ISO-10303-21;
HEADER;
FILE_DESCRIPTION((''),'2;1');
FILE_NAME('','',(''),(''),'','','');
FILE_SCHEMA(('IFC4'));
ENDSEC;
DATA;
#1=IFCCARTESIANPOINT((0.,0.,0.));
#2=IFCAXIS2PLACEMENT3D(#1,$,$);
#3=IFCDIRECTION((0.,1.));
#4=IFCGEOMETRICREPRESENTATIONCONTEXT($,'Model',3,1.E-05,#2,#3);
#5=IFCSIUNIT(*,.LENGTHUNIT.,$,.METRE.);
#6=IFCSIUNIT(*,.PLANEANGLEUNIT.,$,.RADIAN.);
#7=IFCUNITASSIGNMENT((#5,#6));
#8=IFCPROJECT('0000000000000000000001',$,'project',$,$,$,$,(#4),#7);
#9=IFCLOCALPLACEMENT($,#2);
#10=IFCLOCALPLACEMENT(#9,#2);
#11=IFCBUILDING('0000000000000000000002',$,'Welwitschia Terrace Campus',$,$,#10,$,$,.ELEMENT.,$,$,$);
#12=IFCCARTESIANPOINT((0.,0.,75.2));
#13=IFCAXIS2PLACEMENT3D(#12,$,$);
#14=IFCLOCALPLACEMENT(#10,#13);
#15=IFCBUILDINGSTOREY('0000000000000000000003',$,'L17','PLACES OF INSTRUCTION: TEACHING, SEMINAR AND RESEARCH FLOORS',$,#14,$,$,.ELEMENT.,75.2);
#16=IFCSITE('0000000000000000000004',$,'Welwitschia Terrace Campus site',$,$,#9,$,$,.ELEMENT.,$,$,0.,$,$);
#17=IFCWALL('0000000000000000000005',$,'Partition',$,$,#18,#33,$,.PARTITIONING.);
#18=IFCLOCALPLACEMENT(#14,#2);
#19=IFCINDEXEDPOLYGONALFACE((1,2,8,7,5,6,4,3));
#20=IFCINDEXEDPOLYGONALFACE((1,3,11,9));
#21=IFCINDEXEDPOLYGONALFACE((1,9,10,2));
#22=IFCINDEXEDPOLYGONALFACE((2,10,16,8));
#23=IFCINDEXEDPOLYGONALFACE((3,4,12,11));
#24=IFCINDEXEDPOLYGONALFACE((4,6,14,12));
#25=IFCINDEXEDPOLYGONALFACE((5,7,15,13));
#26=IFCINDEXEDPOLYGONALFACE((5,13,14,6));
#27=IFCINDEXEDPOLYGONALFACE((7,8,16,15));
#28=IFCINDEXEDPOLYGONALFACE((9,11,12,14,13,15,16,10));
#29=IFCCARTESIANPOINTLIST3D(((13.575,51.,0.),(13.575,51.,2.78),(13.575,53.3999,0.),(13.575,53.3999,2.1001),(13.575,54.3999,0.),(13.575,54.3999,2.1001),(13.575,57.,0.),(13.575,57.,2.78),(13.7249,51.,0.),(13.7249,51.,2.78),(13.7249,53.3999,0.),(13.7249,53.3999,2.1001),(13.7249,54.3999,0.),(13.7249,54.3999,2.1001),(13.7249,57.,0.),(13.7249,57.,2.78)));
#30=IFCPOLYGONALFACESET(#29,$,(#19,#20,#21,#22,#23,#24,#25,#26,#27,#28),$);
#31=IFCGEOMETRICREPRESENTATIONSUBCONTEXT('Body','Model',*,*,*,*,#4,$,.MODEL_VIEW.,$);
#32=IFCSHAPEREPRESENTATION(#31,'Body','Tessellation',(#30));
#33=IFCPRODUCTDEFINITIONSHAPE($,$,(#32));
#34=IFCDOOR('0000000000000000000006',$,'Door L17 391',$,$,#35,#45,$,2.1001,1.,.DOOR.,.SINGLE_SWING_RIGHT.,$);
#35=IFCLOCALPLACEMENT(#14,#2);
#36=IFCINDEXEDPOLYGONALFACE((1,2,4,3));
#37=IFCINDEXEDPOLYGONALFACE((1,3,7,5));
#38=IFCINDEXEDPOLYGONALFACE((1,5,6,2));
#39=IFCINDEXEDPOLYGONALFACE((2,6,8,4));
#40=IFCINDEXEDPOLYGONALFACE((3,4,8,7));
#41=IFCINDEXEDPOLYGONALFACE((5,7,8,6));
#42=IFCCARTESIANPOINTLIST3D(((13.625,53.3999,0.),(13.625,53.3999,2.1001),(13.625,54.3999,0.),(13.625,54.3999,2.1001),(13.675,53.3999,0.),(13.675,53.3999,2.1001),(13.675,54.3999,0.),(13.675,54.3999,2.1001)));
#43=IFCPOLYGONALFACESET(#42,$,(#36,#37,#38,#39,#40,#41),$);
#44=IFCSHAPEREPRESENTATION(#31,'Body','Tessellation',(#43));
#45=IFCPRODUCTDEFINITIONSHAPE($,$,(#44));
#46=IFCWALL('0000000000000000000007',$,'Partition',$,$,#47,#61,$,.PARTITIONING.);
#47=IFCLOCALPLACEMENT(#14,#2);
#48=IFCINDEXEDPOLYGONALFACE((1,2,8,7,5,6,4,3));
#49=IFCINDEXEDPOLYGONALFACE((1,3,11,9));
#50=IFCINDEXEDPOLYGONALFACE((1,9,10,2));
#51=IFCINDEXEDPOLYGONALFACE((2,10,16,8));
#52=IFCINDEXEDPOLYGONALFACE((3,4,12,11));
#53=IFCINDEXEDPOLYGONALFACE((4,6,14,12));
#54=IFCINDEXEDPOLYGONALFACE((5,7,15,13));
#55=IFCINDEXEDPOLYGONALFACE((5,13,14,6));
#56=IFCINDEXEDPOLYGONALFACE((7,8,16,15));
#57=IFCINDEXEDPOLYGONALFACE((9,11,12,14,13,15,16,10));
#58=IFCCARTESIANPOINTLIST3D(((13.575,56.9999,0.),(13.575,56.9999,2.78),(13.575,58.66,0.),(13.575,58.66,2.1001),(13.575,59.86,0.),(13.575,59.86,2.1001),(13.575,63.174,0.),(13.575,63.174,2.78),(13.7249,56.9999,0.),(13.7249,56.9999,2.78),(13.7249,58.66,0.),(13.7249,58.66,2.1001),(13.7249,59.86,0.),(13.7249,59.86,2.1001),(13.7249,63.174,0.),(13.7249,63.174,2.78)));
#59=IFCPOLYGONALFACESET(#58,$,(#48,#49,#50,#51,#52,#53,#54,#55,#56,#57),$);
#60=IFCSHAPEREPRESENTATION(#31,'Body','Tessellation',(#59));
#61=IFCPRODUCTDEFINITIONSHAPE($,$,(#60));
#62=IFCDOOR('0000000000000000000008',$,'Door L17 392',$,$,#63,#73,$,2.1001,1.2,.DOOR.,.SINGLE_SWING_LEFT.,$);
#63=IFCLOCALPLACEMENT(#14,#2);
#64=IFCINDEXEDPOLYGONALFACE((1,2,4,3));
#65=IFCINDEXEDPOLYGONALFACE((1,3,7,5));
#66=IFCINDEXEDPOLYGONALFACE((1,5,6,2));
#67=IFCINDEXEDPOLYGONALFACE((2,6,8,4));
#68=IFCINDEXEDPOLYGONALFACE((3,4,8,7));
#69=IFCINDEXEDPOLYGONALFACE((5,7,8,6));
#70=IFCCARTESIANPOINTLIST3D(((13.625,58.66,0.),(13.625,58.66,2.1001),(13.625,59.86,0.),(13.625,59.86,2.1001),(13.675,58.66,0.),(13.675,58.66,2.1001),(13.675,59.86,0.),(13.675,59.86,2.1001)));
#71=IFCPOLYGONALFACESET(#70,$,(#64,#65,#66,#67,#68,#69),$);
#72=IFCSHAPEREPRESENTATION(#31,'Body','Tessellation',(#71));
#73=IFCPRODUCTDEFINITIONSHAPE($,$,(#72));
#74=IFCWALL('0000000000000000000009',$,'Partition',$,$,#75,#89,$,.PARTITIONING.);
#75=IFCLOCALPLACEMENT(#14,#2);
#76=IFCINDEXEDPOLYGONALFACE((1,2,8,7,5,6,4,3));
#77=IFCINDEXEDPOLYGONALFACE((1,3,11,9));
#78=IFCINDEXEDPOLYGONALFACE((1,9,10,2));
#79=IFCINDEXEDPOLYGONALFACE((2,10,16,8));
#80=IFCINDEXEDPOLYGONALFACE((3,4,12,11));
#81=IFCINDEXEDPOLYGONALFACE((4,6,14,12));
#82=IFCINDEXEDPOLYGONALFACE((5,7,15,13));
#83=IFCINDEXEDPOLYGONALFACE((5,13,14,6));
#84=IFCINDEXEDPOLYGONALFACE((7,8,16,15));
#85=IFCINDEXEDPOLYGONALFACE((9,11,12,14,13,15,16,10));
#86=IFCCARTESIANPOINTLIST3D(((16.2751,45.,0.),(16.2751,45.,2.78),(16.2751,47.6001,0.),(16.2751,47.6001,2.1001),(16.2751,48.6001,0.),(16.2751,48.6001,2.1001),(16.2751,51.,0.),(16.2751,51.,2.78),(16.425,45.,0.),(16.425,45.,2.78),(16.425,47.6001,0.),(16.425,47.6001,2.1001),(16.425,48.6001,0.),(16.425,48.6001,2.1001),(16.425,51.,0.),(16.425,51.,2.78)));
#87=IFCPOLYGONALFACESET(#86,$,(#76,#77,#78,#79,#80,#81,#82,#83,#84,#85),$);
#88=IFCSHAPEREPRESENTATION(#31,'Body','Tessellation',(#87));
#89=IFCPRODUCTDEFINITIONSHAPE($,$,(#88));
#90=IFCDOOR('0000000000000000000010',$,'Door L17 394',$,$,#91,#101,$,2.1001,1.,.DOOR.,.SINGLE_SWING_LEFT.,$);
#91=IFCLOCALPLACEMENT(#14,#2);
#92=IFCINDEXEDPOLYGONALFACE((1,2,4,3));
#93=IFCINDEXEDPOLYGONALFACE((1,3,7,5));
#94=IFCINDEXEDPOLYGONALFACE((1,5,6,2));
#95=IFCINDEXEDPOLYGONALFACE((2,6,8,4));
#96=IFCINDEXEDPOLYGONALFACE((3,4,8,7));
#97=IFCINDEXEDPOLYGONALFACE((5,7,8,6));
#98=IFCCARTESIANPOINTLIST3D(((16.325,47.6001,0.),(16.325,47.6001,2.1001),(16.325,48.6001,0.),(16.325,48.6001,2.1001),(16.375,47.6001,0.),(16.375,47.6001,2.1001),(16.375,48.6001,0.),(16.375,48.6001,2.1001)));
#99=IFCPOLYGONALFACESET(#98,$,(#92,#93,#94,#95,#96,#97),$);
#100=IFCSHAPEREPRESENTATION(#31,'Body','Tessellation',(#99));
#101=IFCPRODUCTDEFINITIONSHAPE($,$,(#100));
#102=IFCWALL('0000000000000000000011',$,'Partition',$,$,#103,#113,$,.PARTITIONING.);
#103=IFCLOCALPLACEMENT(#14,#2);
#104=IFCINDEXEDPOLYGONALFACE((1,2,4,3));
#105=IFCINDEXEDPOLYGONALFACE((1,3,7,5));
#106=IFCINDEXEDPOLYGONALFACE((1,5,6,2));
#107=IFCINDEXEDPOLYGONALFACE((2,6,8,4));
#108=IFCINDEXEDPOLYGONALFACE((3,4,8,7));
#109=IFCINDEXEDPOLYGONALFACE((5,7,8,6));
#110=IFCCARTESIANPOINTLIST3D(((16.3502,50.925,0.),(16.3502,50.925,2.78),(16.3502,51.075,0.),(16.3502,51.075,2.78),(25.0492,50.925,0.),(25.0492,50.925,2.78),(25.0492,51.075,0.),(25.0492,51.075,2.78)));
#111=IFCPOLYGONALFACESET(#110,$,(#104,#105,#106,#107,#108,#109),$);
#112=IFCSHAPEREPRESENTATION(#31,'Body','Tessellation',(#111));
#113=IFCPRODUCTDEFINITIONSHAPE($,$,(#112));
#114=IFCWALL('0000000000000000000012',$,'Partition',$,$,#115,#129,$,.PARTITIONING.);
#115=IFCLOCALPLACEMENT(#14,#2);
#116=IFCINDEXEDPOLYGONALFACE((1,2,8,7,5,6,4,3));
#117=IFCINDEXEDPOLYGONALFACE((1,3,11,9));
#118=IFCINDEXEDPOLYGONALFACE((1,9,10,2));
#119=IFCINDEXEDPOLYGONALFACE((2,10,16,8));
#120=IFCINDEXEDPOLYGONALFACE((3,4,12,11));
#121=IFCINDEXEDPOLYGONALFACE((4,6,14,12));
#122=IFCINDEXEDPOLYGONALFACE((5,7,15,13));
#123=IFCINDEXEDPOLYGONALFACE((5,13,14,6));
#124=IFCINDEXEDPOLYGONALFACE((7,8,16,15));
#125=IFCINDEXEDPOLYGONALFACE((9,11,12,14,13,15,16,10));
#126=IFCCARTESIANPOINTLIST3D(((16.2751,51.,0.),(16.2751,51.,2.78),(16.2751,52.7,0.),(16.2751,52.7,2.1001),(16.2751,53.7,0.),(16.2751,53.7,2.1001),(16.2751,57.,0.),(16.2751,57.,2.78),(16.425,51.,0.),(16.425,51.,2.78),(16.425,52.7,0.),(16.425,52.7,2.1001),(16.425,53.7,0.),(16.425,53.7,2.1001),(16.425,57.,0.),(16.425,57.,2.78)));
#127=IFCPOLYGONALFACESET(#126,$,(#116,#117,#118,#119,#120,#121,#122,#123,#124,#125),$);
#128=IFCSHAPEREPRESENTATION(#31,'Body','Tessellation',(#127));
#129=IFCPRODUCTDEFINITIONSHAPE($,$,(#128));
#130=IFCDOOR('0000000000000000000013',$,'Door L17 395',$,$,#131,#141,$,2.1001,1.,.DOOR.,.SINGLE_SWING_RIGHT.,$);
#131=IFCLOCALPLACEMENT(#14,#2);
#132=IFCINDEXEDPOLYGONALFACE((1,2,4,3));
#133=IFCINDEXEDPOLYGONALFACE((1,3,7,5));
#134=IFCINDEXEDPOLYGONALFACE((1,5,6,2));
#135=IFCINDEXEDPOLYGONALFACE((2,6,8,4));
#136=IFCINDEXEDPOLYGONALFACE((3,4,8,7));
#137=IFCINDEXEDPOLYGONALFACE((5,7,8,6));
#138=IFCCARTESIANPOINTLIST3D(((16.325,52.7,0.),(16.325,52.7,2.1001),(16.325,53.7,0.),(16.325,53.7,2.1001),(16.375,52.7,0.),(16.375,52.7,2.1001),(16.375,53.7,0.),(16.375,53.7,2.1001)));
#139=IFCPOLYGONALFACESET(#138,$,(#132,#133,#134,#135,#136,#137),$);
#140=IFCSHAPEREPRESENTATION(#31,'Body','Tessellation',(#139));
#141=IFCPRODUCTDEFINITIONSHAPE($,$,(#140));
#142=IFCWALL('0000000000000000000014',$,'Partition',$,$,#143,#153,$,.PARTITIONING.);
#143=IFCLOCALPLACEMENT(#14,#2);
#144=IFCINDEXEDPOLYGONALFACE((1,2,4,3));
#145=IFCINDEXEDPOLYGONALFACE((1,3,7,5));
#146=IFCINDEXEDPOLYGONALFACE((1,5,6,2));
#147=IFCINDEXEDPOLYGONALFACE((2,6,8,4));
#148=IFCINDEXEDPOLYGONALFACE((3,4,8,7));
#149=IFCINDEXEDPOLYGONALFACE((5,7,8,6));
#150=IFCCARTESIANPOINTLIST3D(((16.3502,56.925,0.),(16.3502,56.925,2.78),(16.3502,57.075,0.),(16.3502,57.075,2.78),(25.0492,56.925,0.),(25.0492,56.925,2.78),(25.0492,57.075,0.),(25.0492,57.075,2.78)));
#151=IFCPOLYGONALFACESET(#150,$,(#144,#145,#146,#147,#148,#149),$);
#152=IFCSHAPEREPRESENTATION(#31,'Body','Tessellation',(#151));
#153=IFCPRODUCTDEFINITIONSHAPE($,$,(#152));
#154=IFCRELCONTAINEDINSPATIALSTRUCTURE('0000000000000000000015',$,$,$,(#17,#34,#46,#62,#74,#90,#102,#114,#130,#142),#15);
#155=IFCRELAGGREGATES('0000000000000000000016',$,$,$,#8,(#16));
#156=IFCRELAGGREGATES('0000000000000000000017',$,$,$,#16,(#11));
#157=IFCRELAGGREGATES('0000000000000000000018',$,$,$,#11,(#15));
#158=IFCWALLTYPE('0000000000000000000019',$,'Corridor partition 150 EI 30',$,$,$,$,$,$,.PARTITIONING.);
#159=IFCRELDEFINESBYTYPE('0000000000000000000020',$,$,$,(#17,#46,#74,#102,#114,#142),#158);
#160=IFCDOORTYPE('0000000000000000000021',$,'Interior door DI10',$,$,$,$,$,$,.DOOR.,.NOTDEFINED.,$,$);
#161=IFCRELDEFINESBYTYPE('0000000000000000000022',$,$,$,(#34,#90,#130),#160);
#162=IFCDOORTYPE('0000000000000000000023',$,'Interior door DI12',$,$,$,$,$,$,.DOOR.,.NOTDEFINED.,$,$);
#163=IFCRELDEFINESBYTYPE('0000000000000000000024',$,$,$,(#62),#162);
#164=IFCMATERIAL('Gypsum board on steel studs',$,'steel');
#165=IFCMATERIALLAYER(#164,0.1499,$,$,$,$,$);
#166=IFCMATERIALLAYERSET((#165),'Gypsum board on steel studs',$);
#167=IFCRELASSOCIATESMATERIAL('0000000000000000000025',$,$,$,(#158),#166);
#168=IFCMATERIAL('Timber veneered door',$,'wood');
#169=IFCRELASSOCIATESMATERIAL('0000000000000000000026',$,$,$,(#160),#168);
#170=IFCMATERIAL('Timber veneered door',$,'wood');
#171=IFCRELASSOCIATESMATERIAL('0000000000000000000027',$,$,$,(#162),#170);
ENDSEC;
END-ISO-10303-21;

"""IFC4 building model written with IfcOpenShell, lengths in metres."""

from ifc_helpers import new_model, si_unit, direction, frame, frame_2d, origin, place, context, subcontext, project, spatial, rectangle, extrude, material, layer, layer_set, type_object, element, fill, save


model = new_model("IFC4")

# Units and contexts
model_context = context("Model", 3, precision=1e-05, world=origin(), true_north=direction((0.0, 1.0)))
body_context = subcontext(model_context, "Body", "Model", "MODEL_VIEW")
ifc_project = project(units=[si_unit("LENGTHUNIT", "METRE"), si_unit("PLANEANGLEUNIT", "RADIAN")], contexts=[model_context])

# Site, building, storey
site_placement = place(None, origin())
site = spatial("IfcSite", under=ifc_project, at=site_placement, Name="Welwitschia Terrace Campus site", CompositionType="ELEMENT", RefElevation=0.0)
building_placement = place(site_placement, origin())
building = spatial("IfcBuilding", under=site, at=building_placement, Name="Welwitschia Terrace Campus", CompositionType="ELEMENT")
storey_placement = place(building_placement, frame((0.0, 0.0, 75.2)))
storey = spatial("IfcBuildingStorey", under=building, at=storey_placement, Name="L17", Description="PLACES OF INSTRUCTION: TEACHING, SEMINAR AND RESEARCH FLOORS", CompositionType="ELEMENT", Elevation=75.2)

# Walls, openings, doors
ifc_material_1 = material(Name="Gypsum board on steel studs", Category="steel")
ifc_layer_1 = layer(ifc_material_1, 0.1499)
ifc_layer_set_1 = layer_set([ifc_layer_1], Name="Gypsum board on steel studs")
wall_type_1 = type_object("IfcWallType", Name="Corridor partition 150 EI 30", PredefinedType="PARTITIONING", material=ifc_layer_set_1)
wall_1_placement = place(storey_placement, frame((13.6499, 51.0, 0.0), z_axis=(0.0, 0.0, 1.0), x_axis=(0.0, 1.0, 0.0)))
wall_1 = element("IfcWall", 1, at=wall_1_placement, inside=storey, type_object=wall_type_1, Name="Partition", PredefinedType="PARTITIONING", context=body_context, shape_type="SweptSolid", body=[
    extrude(rectangle(XDim=6.0, YDim=0.1499, at=frame_2d((3.0, 0.0))), origin(), (0.0, 0.0, 1.0), 2.78),
])
opening_1_placement = place(wall_1_placement, frame((2.3999, 0.0, 0.0)))
opening_1 = element("IfcOpeningElement", 2, at=opening_1_placement, cuts=wall_1, PredefinedType="OPENING", context=body_context, shape_type="SweptSolid", body=[
    extrude(rectangle(XDim=1.0, YDim=2.1001, at=frame_2d((0.5, 1.05))), frame((0.0, 0.085, 0.0), z_axis=(0.0, -1.0, 0.0), x_axis=(1.0, 0.0, 0.0)), (0.0, 0.0, 1.0), 0.1699),
])
ifc_material_2 = material(Name="Timber veneered door", Category="wood")
door_type_1 = type_object("IfcDoorType", Name="Interior door DI10", OperationType="NOTDEFINED", PredefinedType="DOOR", material=ifc_material_2)
door_1_placement = place(opening_1_placement, origin())
door_1 = element("IfcDoor", 3, at=door_1_placement, inside=storey, type_object=door_type_1, Name="Door L17 391", OperationType="SINGLE_SWING_RIGHT", OverallHeight=2.1001, OverallWidth=1.0, PredefinedType="DOOR", context=body_context, shape_type="SweptSolid", body=[
    extrude(rectangle(XDim=1.0, YDim=2.1001, at=frame_2d((0.5, 1.05))), frame((0.0, 0.0249, 0.0), z_axis=(0.0, -1.0, 0.0), x_axis=(1.0, 0.0, 0.0)), (0.0, 0.0, 1.0), 0.05),
])
fill(opening_1, door_1)
wall_2_placement = place(storey_placement, frame((13.6499, 57.0, 0.0), z_axis=(0.0, 0.0, 1.0), x_axis=(0.0, 1.0, 0.0)))
wall_2 = element("IfcWall", 4, at=wall_2_placement, inside=storey, type_object=wall_type_1, Name="Partition", PredefinedType="PARTITIONING", context=body_context, shape_type="SweptSolid", body=[
    extrude(rectangle(XDim=6.1741, YDim=0.1499, at=frame_2d((3.0869, 0.0))), origin(), (0.0, 0.0, 1.0), 2.78),
])
opening_2_placement = place(wall_2_placement, frame((1.6599, 0.0, 0.0)))
opening_2 = element("IfcOpeningElement", 5, at=opening_2_placement, cuts=wall_2, PredefinedType="OPENING", context=body_context, shape_type="SweptSolid", body=[
    extrude(rectangle(XDim=1.2, YDim=2.1001, at=frame_2d((0.6001, 1.05))), frame((0.0, 0.085, 0.0), z_axis=(0.0, -1.0, 0.0), x_axis=(1.0, 0.0, 0.0)), (0.0, 0.0, 1.0), 0.1699),
])
ifc_material_3 = material(Name="Timber veneered door", Category="wood")
door_type_2 = type_object("IfcDoorType", Name="Interior door DI12", OperationType="NOTDEFINED", PredefinedType="DOOR", material=ifc_material_3)
door_2_placement = place(opening_2_placement, origin())
door_2 = element("IfcDoor", 6, at=door_2_placement, inside=storey, type_object=door_type_2, Name="Door L17 392", OperationType="SINGLE_SWING_LEFT", OverallHeight=2.1001, OverallWidth=1.2, PredefinedType="DOOR", context=body_context, shape_type="SweptSolid", body=[
    extrude(rectangle(XDim=1.2, YDim=2.1001, at=frame_2d((0.6001, 1.05))), frame((0.0, 0.0249, 0.0), z_axis=(0.0, -1.0, 0.0), x_axis=(1.0, 0.0, 0.0)), (0.0, 0.0, 1.0), 0.05),
])
fill(opening_2, door_2)
wall_3_placement = place(storey_placement, frame((16.3501, 51.0, 0.0), z_axis=(0.0, 0.0, 1.0), x_axis=(0.0, -1.0, 0.0)))
wall_3 = element("IfcWall", 7, at=wall_3_placement, inside=storey, type_object=wall_type_1, Name="Partition", PredefinedType="PARTITIONING", context=body_context, shape_type="SweptSolid", body=[
    extrude(rectangle(XDim=6.0, YDim=0.1499, at=frame_2d((3.0, 0.0))), origin(), (0.0, 0.0, 1.0), 2.78),
])
opening_3_placement = place(wall_3_placement, frame((2.3999, 0.0, 0.0)))
opening_3 = element("IfcOpeningElement", 8, at=opening_3_placement, cuts=wall_3, PredefinedType="OPENING", context=body_context, shape_type="SweptSolid", body=[
    extrude(rectangle(XDim=1.0, YDim=2.1001, at=frame_2d((0.5, 1.05))), frame((0.0, 0.085, 0.0), z_axis=(0.0, -1.0, 0.0), x_axis=(1.0, 0.0, 0.0)), (0.0, 0.0, 1.0), 0.1699),
])
door_3_placement = place(opening_3_placement, origin())
door_3 = element("IfcDoor", 9, at=door_3_placement, inside=storey, type_object=door_type_1, Name="Door L17 394", OperationType="SINGLE_SWING_LEFT", OverallHeight=2.1001, OverallWidth=1.0, PredefinedType="DOOR", context=body_context, shape_type="SweptSolid", body=[
    extrude(rectangle(XDim=1.0, YDim=2.1001, at=frame_2d((0.5, 1.05))), frame((0.0, 0.0249, 0.0), z_axis=(0.0, -1.0, 0.0), x_axis=(1.0, 0.0, 0.0)), (0.0, 0.0, 1.0), 0.05),
])
fill(opening_3, door_3)

# Wall
wall_4_placement = place(storey_placement, frame((16.3501, 51.0, 0.0), z_axis=(0.0, 0.0, 1.0), x_axis=(1.0, 0.0, 0.0)))
element("IfcWall", 10, at=wall_4_placement, inside=storey, type_object=wall_type_1, Name="Partition", PredefinedType="PARTITIONING", context=body_context, shape_type="SweptSolid", body=[
    extrude(rectangle(XDim=8.699, YDim=0.1499, at=frame_2d((4.3496, 0.0))), origin(), (0.0, 0.0, 1.0), 2.78),
])

# Wall, opening, door
wall_5_placement = place(storey_placement, frame((16.3501, 57.0, 0.0), z_axis=(0.0, 0.0, 1.0), x_axis=(0.0, -1.0, 0.0)))
wall_5 = element("IfcWall", 11, at=wall_5_placement, inside=storey, type_object=wall_type_1, Name="Partition", PredefinedType="PARTITIONING", context=body_context, shape_type="SweptSolid", body=[
    extrude(rectangle(XDim=6.0, YDim=0.1499, at=frame_2d((3.0, 0.0))), origin(), (0.0, 0.0, 1.0), 2.78),
])
opening_4_placement = place(wall_5_placement, frame((3.3, 0.0, 0.0)))
opening_4 = element("IfcOpeningElement", 12, at=opening_4_placement, cuts=wall_5, PredefinedType="OPENING", context=body_context, shape_type="SweptSolid", body=[
    extrude(rectangle(XDim=1.0, YDim=2.1001, at=frame_2d((0.5, 1.05))), frame((0.0, 0.085, 0.0), z_axis=(0.0, -1.0, 0.0), x_axis=(1.0, 0.0, 0.0)), (0.0, 0.0, 1.0), 0.1699),
])
door_4_placement = place(opening_4_placement, origin())
door_4 = element("IfcDoor", 13, at=door_4_placement, inside=storey, type_object=door_type_1, Name="Door L17 395", OperationType="SINGLE_SWING_RIGHT", OverallHeight=2.1001, OverallWidth=1.0, PredefinedType="DOOR", context=body_context, shape_type="SweptSolid", body=[
    extrude(rectangle(XDim=1.0, YDim=2.1001, at=frame_2d((0.5, 1.05))), frame((0.0, 0.0249, 0.0), z_axis=(0.0, -1.0, 0.0), x_axis=(1.0, 0.0, 0.0)), (0.0, 0.0, 1.0), 0.05),
])
fill(opening_4, door_4)

# Wall
wall_6_placement = place(storey_placement, frame((16.3501, 57.0, 0.0), z_axis=(0.0, 0.0, 1.0), x_axis=(1.0, 0.0, 0.0)))
element("IfcWall", 14, at=wall_6_placement, inside=storey, type_object=wall_type_1, Name="Partition", PredefinedType="PARTITIONING", context=body_context, shape_type="SweptSolid", body=[
    extrude(rectangle(XDim=8.699, YDim=0.1499, at=frame_2d((4.3496, 0.0))), origin(), (0.0, 0.0, 1.0), 2.78),
])

save(model, "model.ifc")
